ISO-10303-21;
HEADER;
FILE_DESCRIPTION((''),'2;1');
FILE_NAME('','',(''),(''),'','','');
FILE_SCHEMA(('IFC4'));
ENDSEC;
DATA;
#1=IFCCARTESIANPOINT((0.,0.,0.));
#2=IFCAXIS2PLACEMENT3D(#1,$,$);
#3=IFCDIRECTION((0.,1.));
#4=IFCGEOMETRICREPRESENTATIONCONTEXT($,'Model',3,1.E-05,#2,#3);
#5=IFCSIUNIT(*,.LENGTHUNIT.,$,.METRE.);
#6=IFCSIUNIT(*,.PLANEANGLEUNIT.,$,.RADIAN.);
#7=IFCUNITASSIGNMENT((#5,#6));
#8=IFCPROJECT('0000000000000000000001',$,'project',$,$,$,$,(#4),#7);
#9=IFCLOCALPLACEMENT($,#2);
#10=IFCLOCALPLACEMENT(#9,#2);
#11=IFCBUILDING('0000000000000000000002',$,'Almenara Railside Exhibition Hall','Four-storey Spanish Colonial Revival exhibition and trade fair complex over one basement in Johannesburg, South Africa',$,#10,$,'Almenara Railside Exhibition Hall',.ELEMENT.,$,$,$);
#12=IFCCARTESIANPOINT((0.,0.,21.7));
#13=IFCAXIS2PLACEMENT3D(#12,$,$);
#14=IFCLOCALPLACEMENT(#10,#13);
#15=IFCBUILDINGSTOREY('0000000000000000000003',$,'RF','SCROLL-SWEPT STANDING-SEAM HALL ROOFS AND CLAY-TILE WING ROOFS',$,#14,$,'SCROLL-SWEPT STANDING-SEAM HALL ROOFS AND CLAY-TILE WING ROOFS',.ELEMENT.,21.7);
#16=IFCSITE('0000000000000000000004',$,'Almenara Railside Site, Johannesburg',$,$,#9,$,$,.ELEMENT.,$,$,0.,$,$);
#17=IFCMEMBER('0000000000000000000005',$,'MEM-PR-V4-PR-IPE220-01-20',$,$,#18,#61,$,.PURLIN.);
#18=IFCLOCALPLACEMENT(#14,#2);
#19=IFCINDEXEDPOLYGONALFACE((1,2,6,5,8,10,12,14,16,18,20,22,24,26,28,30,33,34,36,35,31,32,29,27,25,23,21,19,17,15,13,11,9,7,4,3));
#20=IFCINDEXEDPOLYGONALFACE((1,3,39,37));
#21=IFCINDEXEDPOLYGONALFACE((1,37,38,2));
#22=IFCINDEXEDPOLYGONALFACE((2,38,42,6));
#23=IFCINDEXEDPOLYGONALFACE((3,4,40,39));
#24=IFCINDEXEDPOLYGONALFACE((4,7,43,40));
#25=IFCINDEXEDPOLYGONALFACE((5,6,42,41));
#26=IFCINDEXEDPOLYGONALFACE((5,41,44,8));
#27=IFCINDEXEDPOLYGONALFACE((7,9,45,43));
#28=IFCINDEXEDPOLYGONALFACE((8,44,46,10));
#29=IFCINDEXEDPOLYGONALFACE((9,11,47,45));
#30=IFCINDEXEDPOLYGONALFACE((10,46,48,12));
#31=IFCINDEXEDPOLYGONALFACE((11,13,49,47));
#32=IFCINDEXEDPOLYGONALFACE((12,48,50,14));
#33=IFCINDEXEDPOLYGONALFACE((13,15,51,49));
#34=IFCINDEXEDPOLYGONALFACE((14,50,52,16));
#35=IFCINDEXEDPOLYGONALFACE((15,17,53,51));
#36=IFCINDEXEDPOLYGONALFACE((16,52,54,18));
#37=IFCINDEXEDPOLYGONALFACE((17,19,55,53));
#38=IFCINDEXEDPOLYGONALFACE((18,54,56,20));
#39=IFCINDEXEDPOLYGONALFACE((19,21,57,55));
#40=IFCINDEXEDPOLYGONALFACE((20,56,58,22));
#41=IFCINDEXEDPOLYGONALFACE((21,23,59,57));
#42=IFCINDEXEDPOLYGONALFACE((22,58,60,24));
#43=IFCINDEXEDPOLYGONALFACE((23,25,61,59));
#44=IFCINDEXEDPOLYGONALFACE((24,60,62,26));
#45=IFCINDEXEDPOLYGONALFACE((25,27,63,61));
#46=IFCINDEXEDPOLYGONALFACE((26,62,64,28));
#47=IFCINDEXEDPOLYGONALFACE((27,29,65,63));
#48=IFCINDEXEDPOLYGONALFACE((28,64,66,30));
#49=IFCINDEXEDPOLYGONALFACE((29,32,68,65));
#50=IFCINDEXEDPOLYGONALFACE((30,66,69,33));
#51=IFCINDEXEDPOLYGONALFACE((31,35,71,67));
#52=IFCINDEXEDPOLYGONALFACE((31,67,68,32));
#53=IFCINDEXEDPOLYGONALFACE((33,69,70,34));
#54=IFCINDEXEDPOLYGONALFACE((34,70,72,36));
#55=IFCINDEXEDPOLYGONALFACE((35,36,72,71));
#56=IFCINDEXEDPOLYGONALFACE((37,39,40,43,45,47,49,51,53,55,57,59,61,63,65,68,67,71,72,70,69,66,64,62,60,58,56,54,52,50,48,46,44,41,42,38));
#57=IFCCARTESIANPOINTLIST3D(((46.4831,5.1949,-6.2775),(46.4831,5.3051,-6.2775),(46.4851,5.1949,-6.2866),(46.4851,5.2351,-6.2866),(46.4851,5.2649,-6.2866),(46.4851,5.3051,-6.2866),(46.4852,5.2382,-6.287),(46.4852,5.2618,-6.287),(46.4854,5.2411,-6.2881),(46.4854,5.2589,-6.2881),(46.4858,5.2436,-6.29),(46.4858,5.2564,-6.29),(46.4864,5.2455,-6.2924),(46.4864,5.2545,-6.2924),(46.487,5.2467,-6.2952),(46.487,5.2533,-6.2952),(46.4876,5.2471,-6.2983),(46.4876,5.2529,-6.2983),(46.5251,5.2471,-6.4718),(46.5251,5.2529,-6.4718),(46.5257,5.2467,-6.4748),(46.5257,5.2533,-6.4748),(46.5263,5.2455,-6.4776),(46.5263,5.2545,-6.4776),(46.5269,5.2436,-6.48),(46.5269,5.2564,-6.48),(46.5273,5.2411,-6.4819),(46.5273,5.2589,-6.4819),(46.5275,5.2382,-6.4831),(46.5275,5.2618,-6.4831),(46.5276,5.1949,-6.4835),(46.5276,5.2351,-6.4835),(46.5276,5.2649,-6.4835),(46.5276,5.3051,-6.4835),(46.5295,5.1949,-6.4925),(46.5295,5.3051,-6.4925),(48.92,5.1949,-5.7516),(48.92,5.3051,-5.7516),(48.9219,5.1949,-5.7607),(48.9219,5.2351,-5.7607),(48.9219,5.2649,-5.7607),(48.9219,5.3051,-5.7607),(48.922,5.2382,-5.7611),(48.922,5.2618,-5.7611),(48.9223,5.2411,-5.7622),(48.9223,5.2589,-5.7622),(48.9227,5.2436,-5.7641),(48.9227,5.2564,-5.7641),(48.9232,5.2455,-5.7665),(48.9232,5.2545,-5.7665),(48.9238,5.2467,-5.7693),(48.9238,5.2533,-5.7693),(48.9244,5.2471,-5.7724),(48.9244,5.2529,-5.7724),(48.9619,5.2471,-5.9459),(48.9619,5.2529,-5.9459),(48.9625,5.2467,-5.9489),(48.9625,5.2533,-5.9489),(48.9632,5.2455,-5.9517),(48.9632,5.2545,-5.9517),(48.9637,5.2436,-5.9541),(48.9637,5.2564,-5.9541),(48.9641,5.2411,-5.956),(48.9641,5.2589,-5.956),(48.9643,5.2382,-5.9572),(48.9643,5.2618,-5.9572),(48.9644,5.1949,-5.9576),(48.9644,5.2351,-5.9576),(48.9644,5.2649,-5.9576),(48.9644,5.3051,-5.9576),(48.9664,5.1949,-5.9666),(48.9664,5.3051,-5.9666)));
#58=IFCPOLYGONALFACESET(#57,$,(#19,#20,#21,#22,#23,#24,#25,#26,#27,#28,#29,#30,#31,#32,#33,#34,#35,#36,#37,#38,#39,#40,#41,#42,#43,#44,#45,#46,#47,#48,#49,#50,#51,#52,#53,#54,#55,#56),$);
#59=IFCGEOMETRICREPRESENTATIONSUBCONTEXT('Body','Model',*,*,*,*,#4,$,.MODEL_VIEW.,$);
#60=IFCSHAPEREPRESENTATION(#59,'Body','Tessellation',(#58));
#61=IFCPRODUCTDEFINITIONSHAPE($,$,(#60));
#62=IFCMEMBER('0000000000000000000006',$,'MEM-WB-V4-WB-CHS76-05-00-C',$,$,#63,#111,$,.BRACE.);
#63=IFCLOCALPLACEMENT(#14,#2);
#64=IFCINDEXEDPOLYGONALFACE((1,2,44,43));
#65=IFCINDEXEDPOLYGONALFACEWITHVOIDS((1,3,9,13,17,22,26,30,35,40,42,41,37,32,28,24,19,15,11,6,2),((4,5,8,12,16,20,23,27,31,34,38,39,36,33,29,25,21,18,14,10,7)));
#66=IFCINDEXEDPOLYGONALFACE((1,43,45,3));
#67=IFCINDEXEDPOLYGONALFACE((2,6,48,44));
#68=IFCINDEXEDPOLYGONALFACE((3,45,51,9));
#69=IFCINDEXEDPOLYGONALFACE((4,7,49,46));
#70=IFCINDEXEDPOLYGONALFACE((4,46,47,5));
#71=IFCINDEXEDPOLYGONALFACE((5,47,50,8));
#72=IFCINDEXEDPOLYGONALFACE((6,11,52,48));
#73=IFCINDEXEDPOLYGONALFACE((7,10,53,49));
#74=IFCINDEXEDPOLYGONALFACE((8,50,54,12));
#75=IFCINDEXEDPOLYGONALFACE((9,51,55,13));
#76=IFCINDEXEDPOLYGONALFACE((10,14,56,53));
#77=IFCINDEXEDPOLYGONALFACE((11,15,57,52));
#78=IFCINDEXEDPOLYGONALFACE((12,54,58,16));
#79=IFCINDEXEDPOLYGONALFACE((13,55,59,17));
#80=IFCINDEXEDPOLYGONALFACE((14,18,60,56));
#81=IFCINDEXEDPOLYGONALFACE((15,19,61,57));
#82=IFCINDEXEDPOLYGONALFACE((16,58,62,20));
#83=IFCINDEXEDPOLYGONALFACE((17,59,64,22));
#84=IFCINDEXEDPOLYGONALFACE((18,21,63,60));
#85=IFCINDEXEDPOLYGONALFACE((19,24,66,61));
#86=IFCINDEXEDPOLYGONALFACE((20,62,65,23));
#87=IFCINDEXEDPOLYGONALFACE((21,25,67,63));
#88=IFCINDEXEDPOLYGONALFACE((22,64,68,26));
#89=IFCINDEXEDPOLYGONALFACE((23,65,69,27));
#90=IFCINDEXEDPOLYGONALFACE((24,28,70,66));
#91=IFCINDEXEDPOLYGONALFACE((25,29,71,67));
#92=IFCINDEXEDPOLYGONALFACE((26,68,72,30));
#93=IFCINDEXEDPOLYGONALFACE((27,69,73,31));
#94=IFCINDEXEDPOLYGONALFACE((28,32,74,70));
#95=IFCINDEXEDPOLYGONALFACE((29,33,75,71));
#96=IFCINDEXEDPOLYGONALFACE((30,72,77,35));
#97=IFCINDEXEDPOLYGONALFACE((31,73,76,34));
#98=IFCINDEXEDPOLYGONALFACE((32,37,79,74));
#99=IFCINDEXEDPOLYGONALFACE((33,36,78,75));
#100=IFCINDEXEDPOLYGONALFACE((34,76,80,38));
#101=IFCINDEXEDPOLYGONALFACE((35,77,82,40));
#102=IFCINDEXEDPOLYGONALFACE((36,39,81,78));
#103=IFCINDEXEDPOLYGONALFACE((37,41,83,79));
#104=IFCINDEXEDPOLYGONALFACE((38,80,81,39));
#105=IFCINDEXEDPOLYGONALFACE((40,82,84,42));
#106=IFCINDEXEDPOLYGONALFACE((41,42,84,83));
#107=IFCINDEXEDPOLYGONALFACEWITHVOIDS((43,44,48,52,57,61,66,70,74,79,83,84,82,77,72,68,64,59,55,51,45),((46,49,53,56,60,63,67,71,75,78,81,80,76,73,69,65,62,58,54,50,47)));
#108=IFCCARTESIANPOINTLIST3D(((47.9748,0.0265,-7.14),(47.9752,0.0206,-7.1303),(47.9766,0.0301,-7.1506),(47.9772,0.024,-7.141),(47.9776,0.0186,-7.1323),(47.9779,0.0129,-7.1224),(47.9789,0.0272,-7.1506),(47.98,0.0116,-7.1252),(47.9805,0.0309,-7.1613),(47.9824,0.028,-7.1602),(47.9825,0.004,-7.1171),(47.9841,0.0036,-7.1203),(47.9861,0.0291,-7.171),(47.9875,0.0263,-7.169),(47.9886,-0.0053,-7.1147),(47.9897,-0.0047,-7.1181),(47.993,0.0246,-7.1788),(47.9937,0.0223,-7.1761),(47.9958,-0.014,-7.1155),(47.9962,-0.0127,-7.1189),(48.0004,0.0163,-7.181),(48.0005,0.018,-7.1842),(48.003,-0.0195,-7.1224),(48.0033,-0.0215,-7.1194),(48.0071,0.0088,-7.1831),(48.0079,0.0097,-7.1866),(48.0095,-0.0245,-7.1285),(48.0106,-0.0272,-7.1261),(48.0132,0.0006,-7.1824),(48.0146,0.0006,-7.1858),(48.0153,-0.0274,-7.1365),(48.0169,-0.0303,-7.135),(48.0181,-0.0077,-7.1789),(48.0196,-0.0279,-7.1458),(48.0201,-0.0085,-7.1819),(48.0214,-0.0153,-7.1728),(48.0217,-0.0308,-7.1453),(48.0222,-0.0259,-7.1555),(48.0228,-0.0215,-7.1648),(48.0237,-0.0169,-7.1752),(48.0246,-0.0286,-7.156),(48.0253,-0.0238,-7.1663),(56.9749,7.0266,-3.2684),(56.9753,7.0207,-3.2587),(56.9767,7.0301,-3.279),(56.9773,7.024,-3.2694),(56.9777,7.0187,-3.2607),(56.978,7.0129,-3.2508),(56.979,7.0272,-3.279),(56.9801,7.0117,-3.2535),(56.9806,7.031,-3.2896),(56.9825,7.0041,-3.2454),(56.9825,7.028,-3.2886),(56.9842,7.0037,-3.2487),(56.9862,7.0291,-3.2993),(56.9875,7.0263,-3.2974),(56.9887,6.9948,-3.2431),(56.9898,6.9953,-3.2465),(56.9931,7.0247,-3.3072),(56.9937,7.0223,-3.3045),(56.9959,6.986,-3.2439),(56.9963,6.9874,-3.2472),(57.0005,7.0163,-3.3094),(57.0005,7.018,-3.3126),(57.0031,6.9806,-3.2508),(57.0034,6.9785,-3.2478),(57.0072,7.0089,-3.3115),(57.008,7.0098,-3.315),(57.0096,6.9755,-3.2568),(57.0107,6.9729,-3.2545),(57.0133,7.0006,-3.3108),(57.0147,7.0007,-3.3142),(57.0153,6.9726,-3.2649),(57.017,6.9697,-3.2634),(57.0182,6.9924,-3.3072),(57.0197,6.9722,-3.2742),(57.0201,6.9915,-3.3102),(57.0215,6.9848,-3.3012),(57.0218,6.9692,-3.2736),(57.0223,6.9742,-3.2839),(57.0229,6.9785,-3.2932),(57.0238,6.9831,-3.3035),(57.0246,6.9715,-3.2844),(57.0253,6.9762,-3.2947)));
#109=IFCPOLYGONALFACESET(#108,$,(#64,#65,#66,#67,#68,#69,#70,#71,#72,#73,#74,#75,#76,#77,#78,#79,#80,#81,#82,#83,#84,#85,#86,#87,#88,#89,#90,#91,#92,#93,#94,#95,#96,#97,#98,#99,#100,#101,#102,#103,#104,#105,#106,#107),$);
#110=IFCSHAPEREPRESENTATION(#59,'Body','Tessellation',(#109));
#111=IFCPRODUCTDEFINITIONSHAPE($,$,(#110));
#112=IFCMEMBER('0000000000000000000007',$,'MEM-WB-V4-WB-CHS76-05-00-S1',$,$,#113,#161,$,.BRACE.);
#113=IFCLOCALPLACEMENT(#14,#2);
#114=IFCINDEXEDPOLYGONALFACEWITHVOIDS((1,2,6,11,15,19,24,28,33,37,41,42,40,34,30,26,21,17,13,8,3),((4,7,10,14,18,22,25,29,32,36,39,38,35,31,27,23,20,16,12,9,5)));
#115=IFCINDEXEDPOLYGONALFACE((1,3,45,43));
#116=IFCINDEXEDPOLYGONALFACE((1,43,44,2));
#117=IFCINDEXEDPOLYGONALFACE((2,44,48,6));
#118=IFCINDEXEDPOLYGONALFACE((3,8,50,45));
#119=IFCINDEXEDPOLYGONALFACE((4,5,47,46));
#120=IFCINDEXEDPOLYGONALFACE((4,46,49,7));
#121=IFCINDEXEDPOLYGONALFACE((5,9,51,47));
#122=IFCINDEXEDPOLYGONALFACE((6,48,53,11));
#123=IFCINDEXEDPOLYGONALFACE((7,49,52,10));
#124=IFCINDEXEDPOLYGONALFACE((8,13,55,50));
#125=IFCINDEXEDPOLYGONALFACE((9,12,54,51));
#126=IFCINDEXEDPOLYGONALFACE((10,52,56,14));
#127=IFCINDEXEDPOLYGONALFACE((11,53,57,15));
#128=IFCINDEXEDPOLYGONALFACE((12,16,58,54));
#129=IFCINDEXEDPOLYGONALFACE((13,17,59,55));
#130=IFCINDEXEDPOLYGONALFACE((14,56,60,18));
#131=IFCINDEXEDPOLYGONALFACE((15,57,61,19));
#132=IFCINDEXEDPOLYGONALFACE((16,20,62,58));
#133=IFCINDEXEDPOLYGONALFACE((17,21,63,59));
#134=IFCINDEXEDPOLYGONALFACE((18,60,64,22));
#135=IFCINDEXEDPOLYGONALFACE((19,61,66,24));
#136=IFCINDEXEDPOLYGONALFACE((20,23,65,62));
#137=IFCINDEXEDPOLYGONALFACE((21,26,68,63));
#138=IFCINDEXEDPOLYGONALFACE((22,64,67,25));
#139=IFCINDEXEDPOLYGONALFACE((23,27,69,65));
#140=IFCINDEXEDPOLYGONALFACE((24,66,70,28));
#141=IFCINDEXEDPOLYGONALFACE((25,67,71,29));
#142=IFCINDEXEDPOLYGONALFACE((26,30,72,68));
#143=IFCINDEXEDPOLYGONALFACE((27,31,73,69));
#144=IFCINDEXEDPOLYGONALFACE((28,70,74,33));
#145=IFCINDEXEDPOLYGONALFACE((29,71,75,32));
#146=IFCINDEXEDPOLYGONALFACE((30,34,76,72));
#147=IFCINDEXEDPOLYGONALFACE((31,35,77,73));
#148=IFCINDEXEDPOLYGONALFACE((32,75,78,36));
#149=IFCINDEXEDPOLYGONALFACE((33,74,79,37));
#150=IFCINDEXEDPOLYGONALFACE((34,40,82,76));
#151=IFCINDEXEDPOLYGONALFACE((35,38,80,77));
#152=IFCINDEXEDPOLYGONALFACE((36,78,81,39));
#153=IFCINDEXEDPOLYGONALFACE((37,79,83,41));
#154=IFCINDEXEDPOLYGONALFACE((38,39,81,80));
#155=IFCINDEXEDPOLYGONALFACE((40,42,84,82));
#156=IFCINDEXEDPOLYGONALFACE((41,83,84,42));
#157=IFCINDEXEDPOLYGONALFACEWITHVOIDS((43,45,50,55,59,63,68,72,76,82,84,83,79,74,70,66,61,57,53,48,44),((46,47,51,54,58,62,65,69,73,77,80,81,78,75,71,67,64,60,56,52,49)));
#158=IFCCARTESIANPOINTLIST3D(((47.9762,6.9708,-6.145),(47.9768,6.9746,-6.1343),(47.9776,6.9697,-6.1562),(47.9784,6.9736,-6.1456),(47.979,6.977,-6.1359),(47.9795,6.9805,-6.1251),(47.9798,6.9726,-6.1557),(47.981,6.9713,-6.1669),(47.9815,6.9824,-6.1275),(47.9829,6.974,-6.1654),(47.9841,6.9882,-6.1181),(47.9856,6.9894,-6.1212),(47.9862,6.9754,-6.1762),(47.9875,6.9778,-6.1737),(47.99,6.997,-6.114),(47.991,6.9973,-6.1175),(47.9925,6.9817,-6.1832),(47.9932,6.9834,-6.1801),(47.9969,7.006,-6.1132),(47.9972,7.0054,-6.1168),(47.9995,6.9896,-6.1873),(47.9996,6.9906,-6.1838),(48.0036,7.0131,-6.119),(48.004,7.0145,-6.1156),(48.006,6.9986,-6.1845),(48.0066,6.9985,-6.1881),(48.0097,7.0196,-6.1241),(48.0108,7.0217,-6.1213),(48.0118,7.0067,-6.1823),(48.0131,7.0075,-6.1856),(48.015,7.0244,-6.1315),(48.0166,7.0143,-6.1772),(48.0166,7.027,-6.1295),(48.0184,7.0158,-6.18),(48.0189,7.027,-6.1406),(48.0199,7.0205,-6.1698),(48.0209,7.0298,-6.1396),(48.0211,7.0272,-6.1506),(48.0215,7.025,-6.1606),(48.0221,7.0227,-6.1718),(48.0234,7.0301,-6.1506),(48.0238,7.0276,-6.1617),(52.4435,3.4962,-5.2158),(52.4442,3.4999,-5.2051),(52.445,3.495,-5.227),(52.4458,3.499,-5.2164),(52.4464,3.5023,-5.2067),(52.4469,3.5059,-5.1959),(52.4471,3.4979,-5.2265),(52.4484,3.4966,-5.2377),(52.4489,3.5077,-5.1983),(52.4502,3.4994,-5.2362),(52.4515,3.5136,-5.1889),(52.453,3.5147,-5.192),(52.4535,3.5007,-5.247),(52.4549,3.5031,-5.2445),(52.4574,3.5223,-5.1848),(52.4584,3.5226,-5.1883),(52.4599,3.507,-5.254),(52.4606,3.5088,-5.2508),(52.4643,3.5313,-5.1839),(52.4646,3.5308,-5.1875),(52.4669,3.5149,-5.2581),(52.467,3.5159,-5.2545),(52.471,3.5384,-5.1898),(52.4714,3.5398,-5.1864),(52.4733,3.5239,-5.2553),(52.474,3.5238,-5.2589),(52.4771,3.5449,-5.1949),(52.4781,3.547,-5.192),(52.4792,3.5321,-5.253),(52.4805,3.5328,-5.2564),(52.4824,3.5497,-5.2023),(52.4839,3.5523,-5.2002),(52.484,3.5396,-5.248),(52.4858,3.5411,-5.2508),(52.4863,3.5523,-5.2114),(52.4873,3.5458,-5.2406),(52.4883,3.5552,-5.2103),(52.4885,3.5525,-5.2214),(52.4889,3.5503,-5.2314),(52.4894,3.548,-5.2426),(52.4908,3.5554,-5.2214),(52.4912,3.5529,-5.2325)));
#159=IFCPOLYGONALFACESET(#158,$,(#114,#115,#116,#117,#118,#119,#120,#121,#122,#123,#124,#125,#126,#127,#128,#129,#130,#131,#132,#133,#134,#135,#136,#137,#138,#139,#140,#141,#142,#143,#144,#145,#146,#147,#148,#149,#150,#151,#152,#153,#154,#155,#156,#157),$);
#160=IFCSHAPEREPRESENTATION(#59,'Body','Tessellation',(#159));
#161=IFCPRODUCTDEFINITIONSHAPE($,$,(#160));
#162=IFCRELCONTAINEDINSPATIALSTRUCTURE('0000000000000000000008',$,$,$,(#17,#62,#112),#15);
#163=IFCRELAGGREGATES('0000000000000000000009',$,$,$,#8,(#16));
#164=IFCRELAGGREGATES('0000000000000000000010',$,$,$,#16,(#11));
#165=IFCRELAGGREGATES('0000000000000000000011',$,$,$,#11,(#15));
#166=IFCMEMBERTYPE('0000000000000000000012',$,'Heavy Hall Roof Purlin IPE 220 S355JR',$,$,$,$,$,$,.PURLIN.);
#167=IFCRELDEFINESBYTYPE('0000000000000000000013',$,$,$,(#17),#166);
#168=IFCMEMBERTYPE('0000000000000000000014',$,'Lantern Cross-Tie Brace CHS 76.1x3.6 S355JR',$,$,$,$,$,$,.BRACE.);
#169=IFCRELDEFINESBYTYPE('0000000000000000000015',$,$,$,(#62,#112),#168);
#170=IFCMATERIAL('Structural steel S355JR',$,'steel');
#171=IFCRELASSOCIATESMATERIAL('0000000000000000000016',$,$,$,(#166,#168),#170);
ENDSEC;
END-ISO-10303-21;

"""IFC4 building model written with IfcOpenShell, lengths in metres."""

from ifc_helpers import new_model, si_unit, direction, frame, origin, origin_2d, place, context, subcontext, project, spatial, hollow_circle, i_section, extrude, material, material_profile, profile_set, type_object, element, save


model = new_model("IFC4")

# Units and contexts
model_context = context("Model", 3, precision=1e-05, world=origin(), true_north=direction((0.0, 1.0)))
body_context = subcontext(model_context, "Body", "Model", "MODEL_VIEW")
ifc_project = project(units=[si_unit("LENGTHUNIT", "METRE"), si_unit("PLANEANGLEUNIT", "RADIAN")], contexts=[model_context])

# Site, building, storey
site_placement = place(None, origin())
site = spatial("IfcSite", under=ifc_project, at=site_placement, Name="Almenara Railside Site, Johannesburg", CompositionType="ELEMENT", RefElevation=0.0)
building_placement = place(site_placement, origin())
building = spatial("IfcBuilding", under=site, at=building_placement, Name="Almenara Railside Exhibition Hall", Description="Four-storey Spanish Colonial Revival exhibition and trade fair complex over one basement in Johannesburg, South Africa", LongName="Almenara Railside Exhibition Hall", CompositionType="ELEMENT")
storey_placement = place(building_placement, frame((0.0, 0.0, 21.7)))
storey = spatial("IfcBuildingStorey", under=building, at=storey_placement, Name="RF", Description="SCROLL-SWEPT STANDING-SEAM HALL ROOFS AND CLAY-TILE WING ROOFS", LongName="SCROLL-SWEPT STANDING-SEAM HALL ROOFS AND CLAY-TILE WING ROOFS", CompositionType="ELEMENT", Elevation=21.7)

# Shared definitions
ifc_material_1 = material(Name="Structural steel S355JR", Category="steel")

# Members
ifc_material_profile_1 = material_profile(ifc_material_1, i_section(OverallWidth=0.1101, OverallDepth=0.22, WebThickness=0.0059, FlangeThickness=0.0093, FilletRadius=0.012, at=origin_2d()), Name="IPE 220")
ifc_profile_set_1 = profile_set([ifc_material_profile_1], Name="Structural steel S355JR")
member_type_1 = type_object("IfcMemberType", Name="Heavy Hall Roof Purlin IPE 220 S355JR", PredefinedType="PURLIN", material=ifc_profile_set_1)
member_1_placement = place(storey_placement, frame((46.5063, 5.25, -6.385), z_axis=(0.977496, 0.0, 0.210953), x_axis=(0.0, 1.0, 0.0)))
element("IfcMember", 1, at=member_1_placement, inside=storey, type_object=member_type_1, Name="MEM-PR-V4-PR-IPE220-01-20", PredefinedType="PURLIN", context=body_context, shape_type="SweptSolid", body=[
    extrude(i_section(OverallWidth=0.1101, OverallDepth=0.22, WebThickness=0.0059, FlangeThickness=0.0093, FilletRadius=0.012, at=origin_2d()), origin(), (0.0, 0.0, 1.0), 2.4929),
])
ifc_material_profile_2 = material_profile(ifc_material_1, hollow_circle(Radius=0.0381, WallThickness=0.0037, at=origin_2d()), Name="CHS 76.1x3.6")
ifc_profile_set_2 = profile_set([ifc_material_profile_2], Name="Structural steel S355JR")
member_type_2 = type_object("IfcMemberType", Name="Lantern Cross-Tie Brace CHS 76.1x3.6 S355JR", PredefinedType="BRACE", material=ifc_profile_set_2)
member_2_placement = place(storey_placement, frame((48.0, 0.0, -7.1506), z_axis=(0.747437, 0.58134, 0.321529), x_axis=(-0.613941, 0.789352, 0.0)))
element("IfcMember", 2, at=member_2_placement, inside=storey, type_object=member_type_2, Name="MEM-WB-V4-WB-CHS76-05-00-C", PredefinedType="BRACE", context=body_context, shape_type="SweptSolid", body=[
    extrude(hollow_circle(Radius=0.0381, WallThickness=0.0037, at=origin_2d()), origin(), (0.0, 0.0, 1.0), 12.0413),
])
member_3_placement = place(storey_placement, frame((48.0, 7.0, -6.1506), z_axis=(0.778919, -0.605835, 0.162016), x_axis=(0.613947, 0.789348, 0.0)))
element("IfcMember", 3, at=member_3_placement, inside=storey, type_object=member_type_2, Name="MEM-WB-V4-WB-CHS76-05-00-S1", PredefinedType="BRACE", context=body_context, shape_type="SweptSolid", body=[
    extrude(hollow_circle(Radius=0.0381, WallThickness=0.0037, at=origin_2d()), origin(), (0.0, 0.0, 1.0), 5.7354),
])

save(model, "model.ifc")
